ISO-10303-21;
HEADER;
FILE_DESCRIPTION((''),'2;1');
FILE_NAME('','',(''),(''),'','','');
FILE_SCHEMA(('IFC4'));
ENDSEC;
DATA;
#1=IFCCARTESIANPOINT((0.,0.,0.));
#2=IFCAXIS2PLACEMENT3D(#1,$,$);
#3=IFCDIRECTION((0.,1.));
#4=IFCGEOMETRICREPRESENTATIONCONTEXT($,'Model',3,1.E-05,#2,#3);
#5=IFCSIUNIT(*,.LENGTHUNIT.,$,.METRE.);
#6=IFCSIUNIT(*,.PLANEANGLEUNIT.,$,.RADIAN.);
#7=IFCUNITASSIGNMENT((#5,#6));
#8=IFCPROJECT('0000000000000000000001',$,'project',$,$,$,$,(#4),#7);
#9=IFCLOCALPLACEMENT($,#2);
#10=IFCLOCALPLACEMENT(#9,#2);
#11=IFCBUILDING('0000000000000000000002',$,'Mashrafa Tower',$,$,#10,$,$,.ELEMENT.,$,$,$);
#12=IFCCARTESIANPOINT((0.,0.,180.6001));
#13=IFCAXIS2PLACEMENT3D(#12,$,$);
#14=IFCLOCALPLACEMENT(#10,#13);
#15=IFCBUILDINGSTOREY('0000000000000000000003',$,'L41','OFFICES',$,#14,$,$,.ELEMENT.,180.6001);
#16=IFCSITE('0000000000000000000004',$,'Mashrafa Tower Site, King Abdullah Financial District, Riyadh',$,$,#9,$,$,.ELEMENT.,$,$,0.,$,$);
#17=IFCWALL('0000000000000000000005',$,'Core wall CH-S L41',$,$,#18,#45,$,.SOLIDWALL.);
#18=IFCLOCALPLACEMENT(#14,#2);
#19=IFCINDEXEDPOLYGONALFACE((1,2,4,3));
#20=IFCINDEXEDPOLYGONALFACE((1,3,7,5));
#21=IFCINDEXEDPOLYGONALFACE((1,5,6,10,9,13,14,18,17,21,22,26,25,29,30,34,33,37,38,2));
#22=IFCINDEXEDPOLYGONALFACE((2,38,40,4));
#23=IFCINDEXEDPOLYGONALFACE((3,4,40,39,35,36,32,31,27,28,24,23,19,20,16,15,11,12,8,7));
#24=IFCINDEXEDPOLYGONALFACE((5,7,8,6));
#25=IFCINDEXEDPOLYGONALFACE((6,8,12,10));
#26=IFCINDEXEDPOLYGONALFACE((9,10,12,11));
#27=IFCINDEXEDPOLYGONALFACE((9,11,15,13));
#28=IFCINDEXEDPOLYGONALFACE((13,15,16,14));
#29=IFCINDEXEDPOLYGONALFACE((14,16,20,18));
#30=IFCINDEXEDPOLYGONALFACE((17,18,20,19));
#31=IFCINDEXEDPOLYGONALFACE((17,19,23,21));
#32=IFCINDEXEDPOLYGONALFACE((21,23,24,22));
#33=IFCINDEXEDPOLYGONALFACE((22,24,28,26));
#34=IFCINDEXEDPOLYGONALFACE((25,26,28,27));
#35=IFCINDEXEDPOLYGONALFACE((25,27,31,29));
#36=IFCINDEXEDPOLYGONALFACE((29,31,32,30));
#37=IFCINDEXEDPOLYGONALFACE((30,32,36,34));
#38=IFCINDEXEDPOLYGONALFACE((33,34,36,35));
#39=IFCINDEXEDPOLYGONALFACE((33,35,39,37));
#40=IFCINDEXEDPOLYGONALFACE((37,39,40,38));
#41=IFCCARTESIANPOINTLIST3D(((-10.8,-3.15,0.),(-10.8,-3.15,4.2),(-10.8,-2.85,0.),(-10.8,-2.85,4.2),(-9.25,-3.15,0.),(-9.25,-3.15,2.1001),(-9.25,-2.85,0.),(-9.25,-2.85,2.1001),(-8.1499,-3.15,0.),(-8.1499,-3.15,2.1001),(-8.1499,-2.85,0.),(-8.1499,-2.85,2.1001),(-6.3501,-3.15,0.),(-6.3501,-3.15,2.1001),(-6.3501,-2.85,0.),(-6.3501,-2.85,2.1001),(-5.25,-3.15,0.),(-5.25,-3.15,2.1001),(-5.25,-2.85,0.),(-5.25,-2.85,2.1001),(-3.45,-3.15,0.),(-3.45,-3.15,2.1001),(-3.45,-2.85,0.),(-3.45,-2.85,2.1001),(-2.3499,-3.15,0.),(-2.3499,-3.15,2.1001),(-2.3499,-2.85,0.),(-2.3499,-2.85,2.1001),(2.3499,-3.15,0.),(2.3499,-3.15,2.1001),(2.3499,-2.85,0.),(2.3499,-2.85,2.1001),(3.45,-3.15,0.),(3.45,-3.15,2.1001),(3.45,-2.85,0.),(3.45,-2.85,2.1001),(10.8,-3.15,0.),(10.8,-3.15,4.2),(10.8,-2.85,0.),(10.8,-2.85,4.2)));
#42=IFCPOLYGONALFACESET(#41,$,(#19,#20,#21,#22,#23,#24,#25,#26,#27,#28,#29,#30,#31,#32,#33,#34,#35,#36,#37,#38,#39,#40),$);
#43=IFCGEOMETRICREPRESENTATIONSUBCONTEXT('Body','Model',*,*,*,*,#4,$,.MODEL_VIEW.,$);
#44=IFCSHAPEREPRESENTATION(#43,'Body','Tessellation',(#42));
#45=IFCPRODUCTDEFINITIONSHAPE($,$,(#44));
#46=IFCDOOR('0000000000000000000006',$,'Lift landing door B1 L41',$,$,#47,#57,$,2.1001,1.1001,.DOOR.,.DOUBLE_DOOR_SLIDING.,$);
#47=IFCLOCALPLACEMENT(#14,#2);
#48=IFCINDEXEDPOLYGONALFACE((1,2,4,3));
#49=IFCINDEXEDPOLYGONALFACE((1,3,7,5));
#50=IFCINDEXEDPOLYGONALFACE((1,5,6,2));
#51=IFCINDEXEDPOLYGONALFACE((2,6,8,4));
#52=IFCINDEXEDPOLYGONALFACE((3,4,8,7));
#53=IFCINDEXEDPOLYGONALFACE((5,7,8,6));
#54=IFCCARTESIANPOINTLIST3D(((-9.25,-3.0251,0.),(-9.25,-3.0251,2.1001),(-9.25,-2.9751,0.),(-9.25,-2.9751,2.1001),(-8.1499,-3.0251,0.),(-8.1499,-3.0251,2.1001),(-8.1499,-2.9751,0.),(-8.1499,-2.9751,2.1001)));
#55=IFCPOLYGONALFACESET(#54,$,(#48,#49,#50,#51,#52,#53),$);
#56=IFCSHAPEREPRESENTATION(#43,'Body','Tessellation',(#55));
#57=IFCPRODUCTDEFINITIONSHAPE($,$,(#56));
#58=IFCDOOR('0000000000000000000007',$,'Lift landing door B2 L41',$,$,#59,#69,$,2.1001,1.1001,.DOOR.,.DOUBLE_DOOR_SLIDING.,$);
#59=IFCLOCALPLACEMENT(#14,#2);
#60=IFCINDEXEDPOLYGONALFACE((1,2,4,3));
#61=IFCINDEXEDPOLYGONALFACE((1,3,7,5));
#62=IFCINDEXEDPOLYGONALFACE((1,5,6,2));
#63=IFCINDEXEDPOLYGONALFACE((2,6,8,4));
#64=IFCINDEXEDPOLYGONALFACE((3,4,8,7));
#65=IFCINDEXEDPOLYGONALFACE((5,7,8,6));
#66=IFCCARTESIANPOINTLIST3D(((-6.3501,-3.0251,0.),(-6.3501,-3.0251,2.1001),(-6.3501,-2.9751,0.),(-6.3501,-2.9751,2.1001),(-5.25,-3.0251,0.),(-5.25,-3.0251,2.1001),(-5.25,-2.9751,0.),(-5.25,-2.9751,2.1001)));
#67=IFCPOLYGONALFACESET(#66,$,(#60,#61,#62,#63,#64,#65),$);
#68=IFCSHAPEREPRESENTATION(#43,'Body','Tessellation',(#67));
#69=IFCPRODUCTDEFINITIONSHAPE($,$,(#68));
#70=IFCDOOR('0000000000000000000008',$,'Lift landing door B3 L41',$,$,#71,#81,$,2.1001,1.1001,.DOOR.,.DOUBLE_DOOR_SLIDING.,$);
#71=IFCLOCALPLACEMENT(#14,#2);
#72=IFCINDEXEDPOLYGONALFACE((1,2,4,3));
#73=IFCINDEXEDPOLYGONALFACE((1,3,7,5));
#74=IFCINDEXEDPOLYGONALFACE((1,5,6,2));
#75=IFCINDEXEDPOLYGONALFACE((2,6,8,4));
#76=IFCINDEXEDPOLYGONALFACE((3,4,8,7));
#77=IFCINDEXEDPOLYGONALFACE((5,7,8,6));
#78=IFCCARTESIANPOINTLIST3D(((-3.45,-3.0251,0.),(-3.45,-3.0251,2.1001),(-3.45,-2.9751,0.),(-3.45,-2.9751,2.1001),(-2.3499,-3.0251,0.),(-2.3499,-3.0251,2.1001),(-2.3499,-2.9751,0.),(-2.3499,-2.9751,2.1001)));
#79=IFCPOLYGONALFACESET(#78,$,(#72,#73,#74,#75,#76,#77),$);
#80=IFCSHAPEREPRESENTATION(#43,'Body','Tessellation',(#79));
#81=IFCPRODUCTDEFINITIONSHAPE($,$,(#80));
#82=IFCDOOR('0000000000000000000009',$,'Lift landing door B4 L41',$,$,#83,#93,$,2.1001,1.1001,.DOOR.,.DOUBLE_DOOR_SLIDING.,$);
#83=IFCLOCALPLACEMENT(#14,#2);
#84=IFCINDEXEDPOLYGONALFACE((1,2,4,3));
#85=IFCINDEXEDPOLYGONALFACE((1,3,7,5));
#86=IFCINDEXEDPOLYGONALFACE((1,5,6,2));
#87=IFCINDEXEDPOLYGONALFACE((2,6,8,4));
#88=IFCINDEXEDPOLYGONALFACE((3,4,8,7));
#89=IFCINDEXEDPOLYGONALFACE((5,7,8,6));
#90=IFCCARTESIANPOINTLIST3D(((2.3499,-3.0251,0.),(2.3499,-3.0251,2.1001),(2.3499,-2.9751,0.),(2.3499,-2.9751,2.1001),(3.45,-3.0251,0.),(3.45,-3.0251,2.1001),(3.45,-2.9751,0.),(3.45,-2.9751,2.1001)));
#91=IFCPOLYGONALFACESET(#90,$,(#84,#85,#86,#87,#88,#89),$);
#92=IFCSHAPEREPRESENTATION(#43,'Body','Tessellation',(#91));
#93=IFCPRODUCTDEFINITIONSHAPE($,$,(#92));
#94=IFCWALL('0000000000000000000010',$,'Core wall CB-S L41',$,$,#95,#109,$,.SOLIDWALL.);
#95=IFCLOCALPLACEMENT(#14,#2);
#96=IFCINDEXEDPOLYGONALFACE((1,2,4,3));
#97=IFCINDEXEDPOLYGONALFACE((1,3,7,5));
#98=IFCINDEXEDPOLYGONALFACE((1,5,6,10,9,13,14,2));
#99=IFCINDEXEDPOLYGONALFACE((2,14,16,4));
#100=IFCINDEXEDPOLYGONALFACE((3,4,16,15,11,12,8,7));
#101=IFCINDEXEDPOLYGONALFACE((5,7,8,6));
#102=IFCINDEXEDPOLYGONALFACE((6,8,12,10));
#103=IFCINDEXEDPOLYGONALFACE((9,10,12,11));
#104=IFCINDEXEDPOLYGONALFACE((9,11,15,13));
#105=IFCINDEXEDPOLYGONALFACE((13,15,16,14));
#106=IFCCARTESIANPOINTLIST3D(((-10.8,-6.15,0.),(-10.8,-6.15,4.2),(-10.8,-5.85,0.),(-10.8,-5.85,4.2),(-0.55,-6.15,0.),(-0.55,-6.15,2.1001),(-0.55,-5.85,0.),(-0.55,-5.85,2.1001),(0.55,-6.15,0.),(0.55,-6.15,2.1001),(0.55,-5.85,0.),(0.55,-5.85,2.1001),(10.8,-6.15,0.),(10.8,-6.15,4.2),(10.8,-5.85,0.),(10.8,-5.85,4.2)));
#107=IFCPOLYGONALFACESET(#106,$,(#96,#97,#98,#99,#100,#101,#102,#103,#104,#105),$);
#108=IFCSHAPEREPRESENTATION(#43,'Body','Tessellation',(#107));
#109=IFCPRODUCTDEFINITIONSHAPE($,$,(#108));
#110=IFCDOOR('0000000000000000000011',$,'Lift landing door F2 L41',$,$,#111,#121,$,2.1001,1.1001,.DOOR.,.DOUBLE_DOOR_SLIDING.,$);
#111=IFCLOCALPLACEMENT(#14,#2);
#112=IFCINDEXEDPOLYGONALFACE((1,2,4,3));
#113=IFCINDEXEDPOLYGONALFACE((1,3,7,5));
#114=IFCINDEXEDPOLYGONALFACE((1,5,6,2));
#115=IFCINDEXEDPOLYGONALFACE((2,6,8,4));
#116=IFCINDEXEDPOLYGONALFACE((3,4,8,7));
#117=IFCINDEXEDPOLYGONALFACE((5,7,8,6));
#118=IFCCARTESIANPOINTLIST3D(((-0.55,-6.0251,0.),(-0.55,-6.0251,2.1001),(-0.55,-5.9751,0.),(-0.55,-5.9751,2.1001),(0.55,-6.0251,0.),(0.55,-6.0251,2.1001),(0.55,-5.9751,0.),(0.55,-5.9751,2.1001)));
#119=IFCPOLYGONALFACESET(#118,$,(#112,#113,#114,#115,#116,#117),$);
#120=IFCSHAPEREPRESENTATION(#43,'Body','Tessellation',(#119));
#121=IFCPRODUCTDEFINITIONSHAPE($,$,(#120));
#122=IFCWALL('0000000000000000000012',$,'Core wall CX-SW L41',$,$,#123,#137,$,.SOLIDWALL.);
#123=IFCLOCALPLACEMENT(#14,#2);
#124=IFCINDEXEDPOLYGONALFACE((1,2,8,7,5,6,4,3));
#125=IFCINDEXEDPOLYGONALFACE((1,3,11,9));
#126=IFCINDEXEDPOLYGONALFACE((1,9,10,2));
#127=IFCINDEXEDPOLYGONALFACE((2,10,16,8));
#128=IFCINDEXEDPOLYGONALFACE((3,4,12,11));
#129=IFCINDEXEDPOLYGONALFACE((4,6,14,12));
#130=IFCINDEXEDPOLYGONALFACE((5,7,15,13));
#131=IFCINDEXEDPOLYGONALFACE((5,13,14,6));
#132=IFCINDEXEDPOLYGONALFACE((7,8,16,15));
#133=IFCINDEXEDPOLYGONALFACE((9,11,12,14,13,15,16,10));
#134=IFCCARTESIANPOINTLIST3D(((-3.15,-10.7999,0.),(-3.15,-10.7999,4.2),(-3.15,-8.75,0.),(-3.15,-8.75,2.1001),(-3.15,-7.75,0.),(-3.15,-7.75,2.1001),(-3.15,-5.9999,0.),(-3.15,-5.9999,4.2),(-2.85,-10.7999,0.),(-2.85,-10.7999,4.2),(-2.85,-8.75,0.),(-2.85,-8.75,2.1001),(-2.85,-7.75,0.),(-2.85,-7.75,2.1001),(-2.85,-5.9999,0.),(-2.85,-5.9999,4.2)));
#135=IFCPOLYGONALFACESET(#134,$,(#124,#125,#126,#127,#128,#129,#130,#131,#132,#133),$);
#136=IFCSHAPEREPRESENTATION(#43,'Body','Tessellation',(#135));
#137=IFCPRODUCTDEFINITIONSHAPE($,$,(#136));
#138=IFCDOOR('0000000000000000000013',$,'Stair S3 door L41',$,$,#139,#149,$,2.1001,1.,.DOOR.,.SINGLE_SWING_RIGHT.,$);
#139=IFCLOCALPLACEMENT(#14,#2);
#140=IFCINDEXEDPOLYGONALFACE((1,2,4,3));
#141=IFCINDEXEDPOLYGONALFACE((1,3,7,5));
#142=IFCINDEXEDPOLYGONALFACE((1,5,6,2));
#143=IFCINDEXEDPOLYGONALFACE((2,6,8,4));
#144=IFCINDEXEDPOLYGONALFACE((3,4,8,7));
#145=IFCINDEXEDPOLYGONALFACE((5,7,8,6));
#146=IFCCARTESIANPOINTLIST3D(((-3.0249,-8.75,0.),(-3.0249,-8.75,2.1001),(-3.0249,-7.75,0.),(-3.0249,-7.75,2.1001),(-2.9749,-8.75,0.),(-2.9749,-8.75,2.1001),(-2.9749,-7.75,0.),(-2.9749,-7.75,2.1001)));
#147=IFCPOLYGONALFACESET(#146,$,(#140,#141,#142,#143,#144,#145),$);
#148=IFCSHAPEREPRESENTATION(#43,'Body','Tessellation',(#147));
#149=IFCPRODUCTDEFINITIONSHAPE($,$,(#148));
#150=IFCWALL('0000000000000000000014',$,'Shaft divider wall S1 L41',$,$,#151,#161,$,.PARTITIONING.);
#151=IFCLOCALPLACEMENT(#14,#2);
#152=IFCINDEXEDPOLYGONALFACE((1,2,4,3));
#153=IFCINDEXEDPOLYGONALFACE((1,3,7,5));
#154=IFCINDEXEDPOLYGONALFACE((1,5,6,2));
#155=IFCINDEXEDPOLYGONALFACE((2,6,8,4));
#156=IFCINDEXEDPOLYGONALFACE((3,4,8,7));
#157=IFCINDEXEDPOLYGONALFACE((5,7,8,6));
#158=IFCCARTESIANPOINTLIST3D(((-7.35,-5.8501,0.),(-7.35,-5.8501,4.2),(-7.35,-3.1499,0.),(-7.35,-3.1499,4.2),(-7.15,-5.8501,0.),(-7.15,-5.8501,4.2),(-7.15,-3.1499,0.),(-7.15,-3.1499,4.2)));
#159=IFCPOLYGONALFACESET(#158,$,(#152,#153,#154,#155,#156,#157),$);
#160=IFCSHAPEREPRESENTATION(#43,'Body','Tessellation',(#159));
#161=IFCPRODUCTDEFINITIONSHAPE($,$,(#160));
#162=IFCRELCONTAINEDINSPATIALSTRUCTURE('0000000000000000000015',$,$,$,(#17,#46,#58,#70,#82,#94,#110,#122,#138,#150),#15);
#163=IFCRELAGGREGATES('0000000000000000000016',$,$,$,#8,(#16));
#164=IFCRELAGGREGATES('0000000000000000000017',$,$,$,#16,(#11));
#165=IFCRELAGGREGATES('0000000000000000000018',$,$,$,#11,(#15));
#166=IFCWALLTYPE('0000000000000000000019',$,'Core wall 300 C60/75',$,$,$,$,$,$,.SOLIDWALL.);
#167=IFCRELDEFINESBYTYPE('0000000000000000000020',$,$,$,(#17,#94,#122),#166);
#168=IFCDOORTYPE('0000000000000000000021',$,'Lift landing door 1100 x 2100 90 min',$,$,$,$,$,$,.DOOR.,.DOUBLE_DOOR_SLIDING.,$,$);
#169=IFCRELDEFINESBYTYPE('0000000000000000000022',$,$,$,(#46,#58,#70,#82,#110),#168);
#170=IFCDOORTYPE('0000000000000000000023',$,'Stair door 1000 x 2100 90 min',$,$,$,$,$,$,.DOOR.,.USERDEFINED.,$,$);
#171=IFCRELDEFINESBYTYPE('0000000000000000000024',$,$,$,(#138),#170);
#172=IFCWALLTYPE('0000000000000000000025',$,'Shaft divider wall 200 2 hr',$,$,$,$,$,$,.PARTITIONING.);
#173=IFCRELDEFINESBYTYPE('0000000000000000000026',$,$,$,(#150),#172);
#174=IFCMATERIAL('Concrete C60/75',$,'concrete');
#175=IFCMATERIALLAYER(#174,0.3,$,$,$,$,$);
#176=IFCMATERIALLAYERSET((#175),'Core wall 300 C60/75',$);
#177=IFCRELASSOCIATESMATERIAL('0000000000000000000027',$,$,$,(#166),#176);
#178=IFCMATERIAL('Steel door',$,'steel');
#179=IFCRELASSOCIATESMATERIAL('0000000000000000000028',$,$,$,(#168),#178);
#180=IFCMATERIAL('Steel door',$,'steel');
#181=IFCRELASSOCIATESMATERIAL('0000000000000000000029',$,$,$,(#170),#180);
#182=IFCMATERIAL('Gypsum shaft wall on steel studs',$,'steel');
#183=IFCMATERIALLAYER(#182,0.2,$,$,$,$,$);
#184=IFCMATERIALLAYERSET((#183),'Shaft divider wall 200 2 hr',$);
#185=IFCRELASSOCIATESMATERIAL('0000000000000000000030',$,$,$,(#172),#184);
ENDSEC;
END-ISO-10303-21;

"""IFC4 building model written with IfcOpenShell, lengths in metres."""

from ifc_helpers import new_model, si_unit, direction, frame, frame_2d, origin, place, context, subcontext, project, spatial, rectangle, extrude, material, layer, layer_set, type_object, element, fill, save


model = new_model("IFC4")

# Units and contexts
model_context = context("Model", 3, precision=1e-05, world=origin(), true_north=direction((0.0, 1.0)))
body_context = subcontext(model_context, "Body", "Model", "MODEL_VIEW")
ifc_project = project(units=[si_unit("LENGTHUNIT", "METRE"), si_unit("PLANEANGLEUNIT", "RADIAN")], contexts=[model_context])

# Site, building, storey
site_placement = place(None, origin())
site = spatial("IfcSite", under=ifc_project, at=site_placement, Name="Mashrafa Tower Site, King Abdullah Financial District, Riyadh", CompositionType="ELEMENT", RefElevation=0.0)
building_placement = place(site_placement, origin())
building = spatial("IfcBuilding", under=site, at=building_placement, Name="Mashrafa Tower", CompositionType="ELEMENT")
storey_placement = place(building_placement, frame((0.0, 0.0, 180.6001)))
storey = spatial("IfcBuildingStorey", under=building, at=storey_placement, Name="L41", Description="OFFICES", CompositionType="ELEMENT", Elevation=180.6001)

# Wall, openings, doors
ifc_material_1 = material(Name="Concrete C60/75", Category="concrete")
ifc_layer_1 = layer(ifc_material_1, 0.3)
ifc_layer_set_1 = layer_set([ifc_layer_1], Name="Core wall 300 C60/75")
wall_type_1 = type_object("IfcWallType", Name="Core wall 300 C60/75", PredefinedType="SOLIDWALL", material=ifc_layer_set_1)
wall_1_placement = place(storey_placement, frame((-10.8, -3.0, 0.0), z_axis=(0.0, 0.0, 1.0), x_axis=(1.0, 0.0, 0.0)))
wall_1 = element("IfcWall", 1, at=wall_1_placement, inside=storey, type_object=wall_type_1, Name="Core wall CH-S L41", PredefinedType="SOLIDWALL", context=body_context, shape_type="SweptSolid", body=[
    extrude(rectangle(XDim=21.6001, YDim=0.3, at=frame_2d((10.8, 0.0))), origin(), (0.0, 0.0, 1.0), 4.2),
])
opening_1_placement = place(wall_1_placement, frame((1.55, 0.0, 0.0)))
opening_1 = element("IfcOpeningElement", 2, at=opening_1_placement, cuts=wall_1, PredefinedType="OPENING", context=body_context, shape_type="SweptSolid", body=[
    extrude(rectangle(XDim=1.1001, YDim=2.1001, at=frame_2d((0.55, 1.05))), frame((0.0, 0.1599, 0.0), z_axis=(0.0, -1.0, 0.0), x_axis=(1.0, 0.0, 0.0)), (0.0, 0.0, 1.0), 0.3201),
])
opening_2_placement = place(wall_1_placement, frame((4.45, 0.0, 0.0)))
opening_2 = element("IfcOpeningElement", 3, at=opening_2_placement, cuts=wall_1, PredefinedType="OPENING", context=body_context, shape_type="SweptSolid", body=[
    extrude(rectangle(XDim=1.1001, YDim=2.1001, at=frame_2d((0.55, 1.05))), frame((0.0, 0.1599, 0.0), z_axis=(0.0, -1.0, 0.0), x_axis=(1.0, 0.0, 0.0)), (0.0, 0.0, 1.0), 0.3201),
])
opening_3_placement = place(wall_1_placement, frame((7.3501, 0.0, 0.0)))
opening_3 = element("IfcOpeningElement", 4, at=opening_3_placement, cuts=wall_1, PredefinedType="OPENING", context=body_context, shape_type="SweptSolid", body=[
    extrude(rectangle(XDim=1.1001, YDim=2.1001, at=frame_2d((0.55, 1.05))), frame((0.0, 0.1599, 0.0), z_axis=(0.0, -1.0, 0.0), x_axis=(1.0, 0.0, 0.0)), (0.0, 0.0, 1.0), 0.3201),
])
opening_4_placement = place(wall_1_placement, frame((13.1499, 0.0, 0.0)))
opening_4 = element("IfcOpeningElement", 5, at=opening_4_placement, cuts=wall_1, PredefinedType="OPENING", context=body_context, shape_type="SweptSolid", body=[
    extrude(rectangle(XDim=1.1001, YDim=2.1001, at=frame_2d((0.55, 1.05))), frame((0.0, 0.1599, 0.0), z_axis=(0.0, -1.0, 0.0), x_axis=(1.0, 0.0, 0.0)), (0.0, 0.0, 1.0), 0.3201),
])
ifc_material_2 = material(Name="Steel door", Category="steel")
door_type_1 = type_object("IfcDoorType", Name="Lift landing door 1100 x 2100 90 min", OperationType="DOUBLE_DOOR_SLIDING", PredefinedType="DOOR", material=ifc_material_2)
door_1_placement = place(opening_1_placement, origin())
door_1 = element("IfcDoor", 6, at=door_1_placement, inside=storey, type_object=door_type_1, Name="Lift landing door B1 L41", OperationType="DOUBLE_DOOR_SLIDING", OverallHeight=2.1001, OverallWidth=1.1001, PredefinedType="DOOR", context=body_context, shape_type="SweptSolid", body=[
    extrude(rectangle(XDim=1.1001, YDim=2.1001, at=frame_2d((0.55, 1.05))), frame((0.0, 0.0249, 0.0), z_axis=(0.0, -1.0, 0.0), x_axis=(1.0, 0.0, 0.0)), (0.0, 0.0, 1.0), 0.05),
])
fill(opening_1, door_1)
door_2_placement = place(opening_2_placement, origin())
door_2 = element("IfcDoor", 7, at=door_2_placement, inside=storey, type_object=door_type_1, Name="Lift landing door B2 L41", OperationType="DOUBLE_DOOR_SLIDING", OverallHeight=2.1001, OverallWidth=1.1001, PredefinedType="DOOR", context=body_context, shape_type="SweptSolid", body=[
    extrude(rectangle(XDim=1.1001, YDim=2.1001, at=frame_2d((0.55, 1.05))), frame((0.0, 0.0249, 0.0), z_axis=(0.0, -1.0, 0.0), x_axis=(1.0, 0.0, 0.0)), (0.0, 0.0, 1.0), 0.05),
])
fill(opening_2, door_2)
door_3_placement = place(opening_3_placement, origin())
door_3 = element("IfcDoor", 8, at=door_3_placement, inside=storey, type_object=door_type_1, Name="Lift landing door B3 L41", OperationType="DOUBLE_DOOR_SLIDING", OverallHeight=2.1001, OverallWidth=1.1001, PredefinedType="DOOR", context=body_context, shape_type="SweptSolid", body=[
    extrude(rectangle(XDim=1.1001, YDim=2.1001, at=frame_2d((0.55, 1.05))), frame((0.0, 0.0249, 0.0), z_axis=(0.0, -1.0, 0.0), x_axis=(1.0, 0.0, 0.0)), (0.0, 0.0, 1.0), 0.05),
])
fill(opening_3, door_3)
door_4_placement = place(opening_4_placement, origin())
door_4 = element("IfcDoor", 9, at=door_4_placement, inside=storey, type_object=door_type_1, Name="Lift landing door B4 L41", OperationType="DOUBLE_DOOR_SLIDING", OverallHeight=2.1001, OverallWidth=1.1001, PredefinedType="DOOR", context=body_context, shape_type="SweptSolid", body=[
    extrude(rectangle(XDim=1.1001, YDim=2.1001, at=frame_2d((0.55, 1.05))), frame((0.0, 0.0249, 0.0), z_axis=(0.0, -1.0, 0.0), x_axis=(1.0, 0.0, 0.0)), (0.0, 0.0, 1.0), 0.05),
])
fill(opening_4, door_4)

# Walls, openings, doors
wall_2_placement = place(storey_placement, frame((-10.8, -6.0, 0.0), z_axis=(0.0, 0.0, 1.0), x_axis=(1.0, 0.0, 0.0)))
wall_2 = element("IfcWall", 10, at=wall_2_placement, inside=storey, type_object=wall_type_1, Name="Core wall CB-S L41", PredefinedType="SOLIDWALL", context=body_context, shape_type="SweptSolid", body=[
    extrude(rectangle(XDim=21.6001, YDim=0.3, at=frame_2d((10.8, 0.0))), origin(), (0.0, 0.0, 1.0), 4.2),
])
opening_5_placement = place(wall_2_placement, frame((10.25, 0.0, 0.0)))
opening_5 = element("IfcOpeningElement", 11, at=opening_5_placement, cuts=wall_2, PredefinedType="OPENING", context=body_context, shape_type="SweptSolid", body=[
    extrude(rectangle(XDim=1.1001, YDim=2.1001, at=frame_2d((0.55, 1.05))), frame((0.0, 0.1599, 0.0), z_axis=(0.0, -1.0, 0.0), x_axis=(1.0, 0.0, 0.0)), (0.0, 0.0, 1.0), 0.3201),
])
door_5_placement = place(opening_5_placement, origin())
door_5 = element("IfcDoor", 12, at=door_5_placement, inside=storey, type_object=door_type_1, Name="Lift landing door F2 L41", OperationType="DOUBLE_DOOR_SLIDING", OverallHeight=2.1001, OverallWidth=1.1001, PredefinedType="DOOR", context=body_context, shape_type="SweptSolid", body=[
    extrude(rectangle(XDim=1.1001, YDim=2.1001, at=frame_2d((0.55, 1.05))), frame((0.0, 0.0249, 0.0), z_axis=(0.0, -1.0, 0.0), x_axis=(1.0, 0.0, 0.0)), (0.0, 0.0, 1.0), 0.05),
])
fill(opening_5, door_5)
wall_3_placement = place(storey_placement, frame((-3.0, -6.0, 0.0), z_axis=(0.0, 0.0, 1.0), x_axis=(0.0, -1.0, 0.0)))
wall_3 = element("IfcWall", 13, at=wall_3_placement, inside=storey, type_object=wall_type_1, Name="Core wall CX-SW L41", PredefinedType="SOLIDWALL", context=body_context, shape_type="SweptSolid", body=[
    extrude(rectangle(XDim=4.8, YDim=0.3, at=frame_2d((2.3999, 0.0))), origin(), (0.0, 0.0, 1.0), 4.2),
])
opening_6_placement = place(wall_3_placement, frame((1.75, 0.0, 0.0)))
opening_6 = element("IfcOpeningElement", 14, at=opening_6_placement, cuts=wall_3, PredefinedType="OPENING", context=body_context, shape_type="SweptSolid", body=[
    extrude(rectangle(XDim=1.0, YDim=2.1001, at=frame_2d((0.5, 1.05))), frame((0.0, 0.1599, 0.0), z_axis=(0.0, -1.0, 0.0), x_axis=(1.0, 0.0, 0.0)), (0.0, 0.0, 1.0), 0.3201),
])
ifc_material_3 = material(Name="Steel door", Category="steel")
door_type_2 = type_object("IfcDoorType", Name="Stair door 1000 x 2100 90 min", OperationType="USERDEFINED", PredefinedType="DOOR", material=ifc_material_3)
door_6_placement = place(opening_6_placement, frame((1.0, 0.0, 0.0), z_axis=(0.0, 0.0, 1.0), x_axis=(-1.0, 0.0, 0.0)))
door_6 = element("IfcDoor", 15, at=door_6_placement, inside=storey, type_object=door_type_2, Name="Stair S3 door L41", OperationType="SINGLE_SWING_RIGHT", OverallHeight=2.1001, OverallWidth=1.0, PredefinedType="DOOR", context=body_context, shape_type="SweptSolid", body=[
    extrude(rectangle(XDim=1.0, YDim=2.1001, at=frame_2d((0.5, 1.05))), frame((0.0, 0.0249, 0.0), z_axis=(0.0, -1.0, 0.0), x_axis=(1.0, 0.0, 0.0)), (0.0, 0.0, 1.0), 0.05),
])
fill(opening_6, door_6)

# Wall
ifc_material_4 = material(Name="Gypsum shaft wall on steel studs", Category="steel")
ifc_layer_2 = layer(ifc_material_4, 0.2)
ifc_layer_set_2 = layer_set([ifc_layer_2], Name="Shaft divider wall 200 2 hr")
wall_type_2 = type_object("IfcWallType", Name="Shaft divider wall 200 2 hr", PredefinedType="PARTITIONING", material=ifc_layer_set_2)
for number, where, z_axis, x_axis, name in (
    (16, (-7.25, -5.8501, 0.0), (0.0, 0.0, 1.0), (0.0, 1.0, 0.0), "Shaft divider wall S1 L41"),
):
    element("IfcWall", number, at=place(storey_placement, frame(where, z_axis=z_axis, x_axis=x_axis)), inside=storey, type_object=wall_type_2, Name=name, PredefinedType="PARTITIONING", context=body_context, shape_type="SweptSolid", body=[
        extrude(rectangle(XDim=2.7002, YDim=0.2, at=frame_2d((1.3501, 0.0))), origin(), (0.0, 0.0, 1.0), 4.2),
    ])

save(model, "model.ifc")
